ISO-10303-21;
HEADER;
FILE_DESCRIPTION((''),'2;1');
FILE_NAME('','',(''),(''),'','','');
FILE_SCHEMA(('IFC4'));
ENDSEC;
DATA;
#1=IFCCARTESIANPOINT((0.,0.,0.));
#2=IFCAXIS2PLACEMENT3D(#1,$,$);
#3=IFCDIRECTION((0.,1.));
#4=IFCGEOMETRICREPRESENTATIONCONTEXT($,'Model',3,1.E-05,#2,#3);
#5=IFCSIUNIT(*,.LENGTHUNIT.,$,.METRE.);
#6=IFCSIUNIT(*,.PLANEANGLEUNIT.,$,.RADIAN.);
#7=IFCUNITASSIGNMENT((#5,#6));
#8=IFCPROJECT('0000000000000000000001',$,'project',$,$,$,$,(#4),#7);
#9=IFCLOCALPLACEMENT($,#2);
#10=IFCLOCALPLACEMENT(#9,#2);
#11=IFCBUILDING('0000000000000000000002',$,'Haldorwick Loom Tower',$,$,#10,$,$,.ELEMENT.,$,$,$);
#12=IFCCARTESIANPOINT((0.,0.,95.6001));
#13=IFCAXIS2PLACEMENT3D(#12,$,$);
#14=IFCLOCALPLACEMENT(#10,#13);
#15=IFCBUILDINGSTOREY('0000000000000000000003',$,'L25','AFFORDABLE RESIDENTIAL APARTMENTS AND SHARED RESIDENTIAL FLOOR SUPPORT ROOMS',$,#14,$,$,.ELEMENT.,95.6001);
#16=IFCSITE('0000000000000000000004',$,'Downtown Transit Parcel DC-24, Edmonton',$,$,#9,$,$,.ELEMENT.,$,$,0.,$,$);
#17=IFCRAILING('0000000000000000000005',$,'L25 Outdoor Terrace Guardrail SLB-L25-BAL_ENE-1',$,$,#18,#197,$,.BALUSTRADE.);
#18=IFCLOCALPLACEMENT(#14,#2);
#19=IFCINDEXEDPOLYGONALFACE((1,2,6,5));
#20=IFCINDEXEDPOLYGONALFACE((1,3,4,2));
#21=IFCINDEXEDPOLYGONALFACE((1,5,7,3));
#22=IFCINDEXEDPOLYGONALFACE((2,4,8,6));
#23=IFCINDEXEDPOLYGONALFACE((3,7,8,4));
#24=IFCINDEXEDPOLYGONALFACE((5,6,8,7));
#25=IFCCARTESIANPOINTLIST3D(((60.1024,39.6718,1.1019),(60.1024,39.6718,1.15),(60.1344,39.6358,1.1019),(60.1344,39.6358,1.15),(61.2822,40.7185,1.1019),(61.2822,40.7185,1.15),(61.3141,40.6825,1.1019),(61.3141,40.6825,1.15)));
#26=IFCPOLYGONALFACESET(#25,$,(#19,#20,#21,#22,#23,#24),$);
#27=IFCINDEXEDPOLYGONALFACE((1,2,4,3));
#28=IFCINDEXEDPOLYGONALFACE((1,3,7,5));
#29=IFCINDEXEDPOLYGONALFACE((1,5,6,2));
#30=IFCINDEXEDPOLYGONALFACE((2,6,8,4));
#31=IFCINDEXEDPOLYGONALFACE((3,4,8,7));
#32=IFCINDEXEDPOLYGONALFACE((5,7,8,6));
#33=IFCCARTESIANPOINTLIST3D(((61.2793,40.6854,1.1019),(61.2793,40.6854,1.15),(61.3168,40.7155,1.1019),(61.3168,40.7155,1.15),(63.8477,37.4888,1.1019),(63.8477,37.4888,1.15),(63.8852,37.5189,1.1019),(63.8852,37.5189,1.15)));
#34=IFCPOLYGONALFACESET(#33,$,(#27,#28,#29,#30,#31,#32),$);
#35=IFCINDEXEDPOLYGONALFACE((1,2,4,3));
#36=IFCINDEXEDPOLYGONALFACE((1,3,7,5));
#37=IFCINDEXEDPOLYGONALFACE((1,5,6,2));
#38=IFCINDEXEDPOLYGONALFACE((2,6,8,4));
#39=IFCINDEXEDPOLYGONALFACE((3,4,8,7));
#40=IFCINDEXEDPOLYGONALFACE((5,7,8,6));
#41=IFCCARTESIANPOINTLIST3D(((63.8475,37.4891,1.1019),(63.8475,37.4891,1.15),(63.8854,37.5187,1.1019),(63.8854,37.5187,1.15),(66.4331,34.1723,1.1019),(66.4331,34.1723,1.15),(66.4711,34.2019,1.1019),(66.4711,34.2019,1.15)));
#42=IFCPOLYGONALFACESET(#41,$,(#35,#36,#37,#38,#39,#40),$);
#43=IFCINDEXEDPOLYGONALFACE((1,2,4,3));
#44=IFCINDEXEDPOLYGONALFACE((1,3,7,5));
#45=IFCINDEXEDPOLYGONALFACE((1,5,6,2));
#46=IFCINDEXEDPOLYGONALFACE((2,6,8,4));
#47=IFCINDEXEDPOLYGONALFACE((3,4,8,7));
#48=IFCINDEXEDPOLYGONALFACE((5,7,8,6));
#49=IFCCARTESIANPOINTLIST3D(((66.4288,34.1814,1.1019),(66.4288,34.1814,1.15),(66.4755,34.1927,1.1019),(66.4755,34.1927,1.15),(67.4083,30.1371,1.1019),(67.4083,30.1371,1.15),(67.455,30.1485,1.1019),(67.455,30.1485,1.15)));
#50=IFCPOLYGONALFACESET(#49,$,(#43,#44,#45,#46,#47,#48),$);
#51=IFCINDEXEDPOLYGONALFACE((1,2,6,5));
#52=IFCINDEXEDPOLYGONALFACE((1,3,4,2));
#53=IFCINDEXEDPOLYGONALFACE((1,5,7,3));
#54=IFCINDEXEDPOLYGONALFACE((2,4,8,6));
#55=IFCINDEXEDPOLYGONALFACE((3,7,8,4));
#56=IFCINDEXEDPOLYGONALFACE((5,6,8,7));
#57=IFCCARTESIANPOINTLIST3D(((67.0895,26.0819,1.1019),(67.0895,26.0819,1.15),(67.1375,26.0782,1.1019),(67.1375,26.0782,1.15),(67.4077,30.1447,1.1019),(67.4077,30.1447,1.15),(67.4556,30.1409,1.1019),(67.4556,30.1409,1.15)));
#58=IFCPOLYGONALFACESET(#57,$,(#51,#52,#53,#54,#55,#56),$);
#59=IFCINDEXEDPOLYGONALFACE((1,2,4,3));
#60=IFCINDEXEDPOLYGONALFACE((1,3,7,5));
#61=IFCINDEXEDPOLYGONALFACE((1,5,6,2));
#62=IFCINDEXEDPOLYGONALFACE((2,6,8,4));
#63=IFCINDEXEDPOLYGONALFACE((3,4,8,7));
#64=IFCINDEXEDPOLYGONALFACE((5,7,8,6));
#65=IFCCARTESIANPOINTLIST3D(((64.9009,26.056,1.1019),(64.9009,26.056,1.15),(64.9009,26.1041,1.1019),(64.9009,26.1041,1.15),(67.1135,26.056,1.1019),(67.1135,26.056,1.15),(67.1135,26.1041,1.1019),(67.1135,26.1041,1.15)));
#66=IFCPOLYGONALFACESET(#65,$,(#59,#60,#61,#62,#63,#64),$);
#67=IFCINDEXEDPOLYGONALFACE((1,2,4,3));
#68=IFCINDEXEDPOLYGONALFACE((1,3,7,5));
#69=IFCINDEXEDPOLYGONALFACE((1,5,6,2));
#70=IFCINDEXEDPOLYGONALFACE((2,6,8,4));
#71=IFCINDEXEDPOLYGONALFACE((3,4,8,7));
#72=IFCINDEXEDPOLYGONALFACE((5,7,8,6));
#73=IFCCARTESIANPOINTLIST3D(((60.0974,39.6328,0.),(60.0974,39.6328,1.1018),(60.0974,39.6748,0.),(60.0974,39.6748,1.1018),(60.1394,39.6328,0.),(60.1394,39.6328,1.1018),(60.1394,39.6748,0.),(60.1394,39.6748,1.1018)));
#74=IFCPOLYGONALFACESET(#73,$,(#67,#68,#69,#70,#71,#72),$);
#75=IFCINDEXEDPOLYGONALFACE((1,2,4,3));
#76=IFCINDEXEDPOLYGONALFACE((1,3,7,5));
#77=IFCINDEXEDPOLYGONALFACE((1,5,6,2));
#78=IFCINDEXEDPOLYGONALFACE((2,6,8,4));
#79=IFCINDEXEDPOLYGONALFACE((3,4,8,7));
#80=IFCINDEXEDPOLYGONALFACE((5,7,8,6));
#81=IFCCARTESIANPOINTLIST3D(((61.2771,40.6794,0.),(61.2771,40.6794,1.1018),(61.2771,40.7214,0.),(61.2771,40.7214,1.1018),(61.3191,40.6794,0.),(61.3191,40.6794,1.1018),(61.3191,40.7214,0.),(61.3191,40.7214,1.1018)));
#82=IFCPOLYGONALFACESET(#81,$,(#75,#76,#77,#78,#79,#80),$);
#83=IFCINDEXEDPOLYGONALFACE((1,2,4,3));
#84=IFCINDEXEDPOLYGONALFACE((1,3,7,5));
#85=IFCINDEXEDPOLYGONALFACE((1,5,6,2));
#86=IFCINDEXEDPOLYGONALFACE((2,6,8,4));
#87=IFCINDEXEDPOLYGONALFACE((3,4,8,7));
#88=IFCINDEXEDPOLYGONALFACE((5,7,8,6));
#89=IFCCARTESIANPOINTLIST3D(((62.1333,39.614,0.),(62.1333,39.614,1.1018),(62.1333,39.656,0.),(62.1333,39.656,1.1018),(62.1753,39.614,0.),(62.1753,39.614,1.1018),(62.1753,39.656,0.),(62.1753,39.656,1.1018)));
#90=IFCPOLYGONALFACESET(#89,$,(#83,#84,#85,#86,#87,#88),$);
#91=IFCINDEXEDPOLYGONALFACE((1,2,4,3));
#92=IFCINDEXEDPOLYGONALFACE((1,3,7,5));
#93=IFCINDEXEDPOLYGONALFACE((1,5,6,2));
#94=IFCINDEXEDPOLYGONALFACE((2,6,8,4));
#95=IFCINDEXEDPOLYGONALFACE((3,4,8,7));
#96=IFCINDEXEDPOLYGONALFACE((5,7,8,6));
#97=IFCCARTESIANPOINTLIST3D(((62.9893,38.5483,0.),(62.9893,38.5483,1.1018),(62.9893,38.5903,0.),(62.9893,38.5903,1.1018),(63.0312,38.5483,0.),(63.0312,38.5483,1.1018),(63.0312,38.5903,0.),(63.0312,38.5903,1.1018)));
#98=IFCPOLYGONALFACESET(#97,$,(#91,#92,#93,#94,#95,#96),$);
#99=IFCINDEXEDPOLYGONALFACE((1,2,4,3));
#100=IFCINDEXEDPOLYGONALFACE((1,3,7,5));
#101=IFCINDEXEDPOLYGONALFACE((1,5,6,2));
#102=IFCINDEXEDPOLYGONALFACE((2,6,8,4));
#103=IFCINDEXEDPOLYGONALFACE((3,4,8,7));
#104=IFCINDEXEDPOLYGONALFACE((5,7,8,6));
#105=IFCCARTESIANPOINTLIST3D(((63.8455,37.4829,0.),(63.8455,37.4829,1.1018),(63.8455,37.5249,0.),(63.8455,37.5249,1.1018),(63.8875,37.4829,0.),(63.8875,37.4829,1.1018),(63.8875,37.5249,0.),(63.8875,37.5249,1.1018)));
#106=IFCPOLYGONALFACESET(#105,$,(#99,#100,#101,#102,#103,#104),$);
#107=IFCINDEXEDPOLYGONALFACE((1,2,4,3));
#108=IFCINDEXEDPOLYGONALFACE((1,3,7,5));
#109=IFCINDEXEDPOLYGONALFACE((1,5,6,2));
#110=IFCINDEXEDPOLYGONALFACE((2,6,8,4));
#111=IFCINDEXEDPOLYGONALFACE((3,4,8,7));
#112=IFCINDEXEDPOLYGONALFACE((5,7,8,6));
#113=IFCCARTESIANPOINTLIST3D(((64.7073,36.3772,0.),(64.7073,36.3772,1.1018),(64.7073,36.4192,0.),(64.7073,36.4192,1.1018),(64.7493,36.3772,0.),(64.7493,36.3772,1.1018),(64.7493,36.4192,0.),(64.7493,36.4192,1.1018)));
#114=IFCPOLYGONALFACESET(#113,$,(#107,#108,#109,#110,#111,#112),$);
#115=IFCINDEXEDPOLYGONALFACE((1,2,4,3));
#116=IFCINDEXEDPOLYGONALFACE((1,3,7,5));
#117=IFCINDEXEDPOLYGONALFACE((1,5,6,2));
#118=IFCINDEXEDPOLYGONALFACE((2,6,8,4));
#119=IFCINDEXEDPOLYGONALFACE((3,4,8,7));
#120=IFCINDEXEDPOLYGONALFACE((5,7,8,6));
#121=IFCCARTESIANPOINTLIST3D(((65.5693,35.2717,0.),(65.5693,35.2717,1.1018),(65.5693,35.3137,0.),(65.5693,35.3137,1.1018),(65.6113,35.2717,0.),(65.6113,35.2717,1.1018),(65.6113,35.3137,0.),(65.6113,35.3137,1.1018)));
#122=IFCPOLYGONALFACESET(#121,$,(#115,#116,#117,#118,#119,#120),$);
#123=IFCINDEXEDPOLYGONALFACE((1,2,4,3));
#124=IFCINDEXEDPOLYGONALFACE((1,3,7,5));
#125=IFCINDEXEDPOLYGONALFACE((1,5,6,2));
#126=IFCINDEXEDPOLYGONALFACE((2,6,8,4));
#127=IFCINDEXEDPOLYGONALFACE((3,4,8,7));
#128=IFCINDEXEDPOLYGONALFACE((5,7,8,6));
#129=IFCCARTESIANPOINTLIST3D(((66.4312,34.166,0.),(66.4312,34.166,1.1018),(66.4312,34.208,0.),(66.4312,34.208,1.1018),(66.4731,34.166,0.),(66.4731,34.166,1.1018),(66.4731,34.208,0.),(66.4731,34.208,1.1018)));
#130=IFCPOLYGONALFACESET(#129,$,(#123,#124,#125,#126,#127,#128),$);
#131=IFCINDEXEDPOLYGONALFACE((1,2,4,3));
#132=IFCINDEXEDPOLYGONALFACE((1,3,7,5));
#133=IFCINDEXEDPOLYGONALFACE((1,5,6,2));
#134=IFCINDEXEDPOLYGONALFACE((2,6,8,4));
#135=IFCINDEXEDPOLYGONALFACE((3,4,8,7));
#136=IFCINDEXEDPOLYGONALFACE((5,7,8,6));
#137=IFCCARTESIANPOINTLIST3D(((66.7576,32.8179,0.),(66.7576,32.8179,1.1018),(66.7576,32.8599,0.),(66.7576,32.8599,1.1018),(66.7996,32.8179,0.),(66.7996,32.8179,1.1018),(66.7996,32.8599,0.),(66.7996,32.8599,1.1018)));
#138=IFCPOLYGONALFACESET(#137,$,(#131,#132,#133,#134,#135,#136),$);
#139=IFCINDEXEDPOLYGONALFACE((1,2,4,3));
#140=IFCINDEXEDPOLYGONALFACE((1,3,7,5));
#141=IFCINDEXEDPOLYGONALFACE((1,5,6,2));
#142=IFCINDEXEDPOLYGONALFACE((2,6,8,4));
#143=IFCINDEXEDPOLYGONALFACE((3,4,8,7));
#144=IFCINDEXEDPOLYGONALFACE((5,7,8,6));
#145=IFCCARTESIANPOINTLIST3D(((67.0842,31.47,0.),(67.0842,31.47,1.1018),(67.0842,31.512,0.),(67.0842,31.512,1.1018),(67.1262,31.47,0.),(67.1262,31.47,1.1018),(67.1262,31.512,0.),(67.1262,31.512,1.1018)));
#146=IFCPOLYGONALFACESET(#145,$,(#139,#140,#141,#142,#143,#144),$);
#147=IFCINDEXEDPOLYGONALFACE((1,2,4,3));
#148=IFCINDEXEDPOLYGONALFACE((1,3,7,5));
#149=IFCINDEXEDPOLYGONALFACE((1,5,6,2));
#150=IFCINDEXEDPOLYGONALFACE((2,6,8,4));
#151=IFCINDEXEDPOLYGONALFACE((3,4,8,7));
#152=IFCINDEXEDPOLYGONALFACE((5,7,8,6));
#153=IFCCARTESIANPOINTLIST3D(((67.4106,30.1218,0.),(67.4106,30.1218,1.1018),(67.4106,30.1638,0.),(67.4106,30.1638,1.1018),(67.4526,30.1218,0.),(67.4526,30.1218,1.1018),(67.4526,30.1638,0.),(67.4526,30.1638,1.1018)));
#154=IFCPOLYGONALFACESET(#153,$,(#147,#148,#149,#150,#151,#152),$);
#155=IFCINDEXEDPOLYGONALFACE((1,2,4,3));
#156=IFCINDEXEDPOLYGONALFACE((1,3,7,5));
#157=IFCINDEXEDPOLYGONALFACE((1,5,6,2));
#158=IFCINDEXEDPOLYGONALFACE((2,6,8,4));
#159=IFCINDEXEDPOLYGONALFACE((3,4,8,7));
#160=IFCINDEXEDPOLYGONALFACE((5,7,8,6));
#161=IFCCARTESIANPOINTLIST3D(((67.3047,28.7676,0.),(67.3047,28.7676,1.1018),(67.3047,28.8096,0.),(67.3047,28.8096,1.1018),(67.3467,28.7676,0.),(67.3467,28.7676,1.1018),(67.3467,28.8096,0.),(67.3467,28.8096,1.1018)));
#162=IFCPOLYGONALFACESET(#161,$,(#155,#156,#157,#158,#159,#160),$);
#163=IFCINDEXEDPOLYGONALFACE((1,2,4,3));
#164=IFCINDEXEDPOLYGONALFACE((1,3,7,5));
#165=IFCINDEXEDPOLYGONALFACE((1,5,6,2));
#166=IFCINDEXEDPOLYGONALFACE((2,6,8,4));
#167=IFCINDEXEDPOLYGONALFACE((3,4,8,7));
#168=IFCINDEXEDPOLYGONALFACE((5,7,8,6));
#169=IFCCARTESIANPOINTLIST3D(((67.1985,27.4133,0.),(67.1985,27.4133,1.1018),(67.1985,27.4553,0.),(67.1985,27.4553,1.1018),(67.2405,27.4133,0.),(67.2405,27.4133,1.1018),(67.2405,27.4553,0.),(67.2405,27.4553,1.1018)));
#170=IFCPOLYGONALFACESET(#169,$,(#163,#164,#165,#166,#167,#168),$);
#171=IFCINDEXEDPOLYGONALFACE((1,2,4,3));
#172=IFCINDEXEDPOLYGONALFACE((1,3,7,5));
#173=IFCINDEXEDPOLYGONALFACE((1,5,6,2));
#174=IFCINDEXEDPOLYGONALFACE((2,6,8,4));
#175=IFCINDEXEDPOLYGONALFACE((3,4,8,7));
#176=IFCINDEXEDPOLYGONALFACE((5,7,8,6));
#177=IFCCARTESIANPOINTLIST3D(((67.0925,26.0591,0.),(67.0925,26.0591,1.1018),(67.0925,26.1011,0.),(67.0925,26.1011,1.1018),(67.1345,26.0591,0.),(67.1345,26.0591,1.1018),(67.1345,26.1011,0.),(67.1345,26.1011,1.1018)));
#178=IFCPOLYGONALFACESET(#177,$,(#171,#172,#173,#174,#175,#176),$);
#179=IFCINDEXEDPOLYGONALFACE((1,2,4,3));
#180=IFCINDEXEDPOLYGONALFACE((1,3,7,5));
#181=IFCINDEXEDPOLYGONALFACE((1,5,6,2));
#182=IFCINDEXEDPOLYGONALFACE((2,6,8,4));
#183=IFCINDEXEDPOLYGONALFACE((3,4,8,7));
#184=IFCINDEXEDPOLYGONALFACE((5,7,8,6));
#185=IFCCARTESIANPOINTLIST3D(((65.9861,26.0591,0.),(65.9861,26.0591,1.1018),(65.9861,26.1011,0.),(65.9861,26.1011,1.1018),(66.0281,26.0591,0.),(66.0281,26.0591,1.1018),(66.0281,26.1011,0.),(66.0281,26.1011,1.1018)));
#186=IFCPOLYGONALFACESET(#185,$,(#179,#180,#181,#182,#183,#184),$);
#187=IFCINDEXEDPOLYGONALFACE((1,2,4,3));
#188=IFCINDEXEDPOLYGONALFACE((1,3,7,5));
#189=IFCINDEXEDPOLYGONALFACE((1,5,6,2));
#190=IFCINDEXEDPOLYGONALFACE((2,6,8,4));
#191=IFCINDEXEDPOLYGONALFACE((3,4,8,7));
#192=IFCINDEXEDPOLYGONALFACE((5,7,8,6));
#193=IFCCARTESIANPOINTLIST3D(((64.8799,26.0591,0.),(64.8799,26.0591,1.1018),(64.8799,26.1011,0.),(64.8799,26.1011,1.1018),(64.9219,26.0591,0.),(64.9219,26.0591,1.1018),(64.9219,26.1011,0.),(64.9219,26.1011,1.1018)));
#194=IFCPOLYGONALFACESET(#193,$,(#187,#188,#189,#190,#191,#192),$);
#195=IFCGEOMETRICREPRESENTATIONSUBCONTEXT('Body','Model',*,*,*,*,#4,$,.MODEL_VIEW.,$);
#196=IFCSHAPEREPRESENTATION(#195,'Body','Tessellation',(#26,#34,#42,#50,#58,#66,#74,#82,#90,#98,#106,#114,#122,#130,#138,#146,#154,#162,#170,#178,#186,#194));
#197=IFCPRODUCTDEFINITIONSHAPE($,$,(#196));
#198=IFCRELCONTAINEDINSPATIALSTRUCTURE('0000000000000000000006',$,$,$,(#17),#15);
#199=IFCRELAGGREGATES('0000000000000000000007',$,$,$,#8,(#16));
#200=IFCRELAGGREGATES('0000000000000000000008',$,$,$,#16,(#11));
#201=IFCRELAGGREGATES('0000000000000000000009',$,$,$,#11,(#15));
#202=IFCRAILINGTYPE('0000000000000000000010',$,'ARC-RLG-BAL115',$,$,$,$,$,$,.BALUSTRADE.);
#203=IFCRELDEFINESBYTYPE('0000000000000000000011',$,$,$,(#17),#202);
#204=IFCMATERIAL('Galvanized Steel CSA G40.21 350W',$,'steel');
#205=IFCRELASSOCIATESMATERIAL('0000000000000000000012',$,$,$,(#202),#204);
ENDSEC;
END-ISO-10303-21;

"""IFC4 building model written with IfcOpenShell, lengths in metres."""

from ifc_helpers import new_model, si_unit, direction, frame, origin, origin_2d, place, context, subcontext, project, spatial, rectangle, extrude, material, type_object, element, save


model = new_model("IFC4")

# Units and contexts
model_context = context("Model", 3, precision=1e-05, world=origin(), true_north=direction((0.0, 1.0)))
body_context = subcontext(model_context, "Body", "Model", "MODEL_VIEW")
ifc_project = project(units=[si_unit("LENGTHUNIT", "METRE"), si_unit("PLANEANGLEUNIT", "RADIAN")], contexts=[model_context])

# Site, building, storey
site_placement = place(None, origin())
site = spatial("IfcSite", under=ifc_project, at=site_placement, Name="Downtown Transit Parcel DC-24, Edmonton", CompositionType="ELEMENT", RefElevation=0.0)
building_placement = place(site_placement, origin())
building = spatial("IfcBuilding", under=site, at=building_placement, Name="Haldorwick Loom Tower", CompositionType="ELEMENT")
storey_placement = place(building_placement, frame((0.0, 0.0, 95.6001)))
storey = spatial("IfcBuildingStorey", under=building, at=storey_placement, Name="L25", Description="AFFORDABLE RESIDENTIAL APARTMENTS AND SHARED RESIDENTIAL FLOOR SUPPORT ROOMS", CompositionType="ELEMENT", Elevation=95.6001)

# Railing
ifc_material_1 = material(Name="Galvanized Steel CSA G40.21 350W", Category="steel")
railing_type = type_object("IfcRailingType", Name="ARC-RLG-BAL115", PredefinedType="BALUSTRADE", material=ifc_material_1)
railing_placement = place(storey_placement, frame((60.1184, 39.6538, 0.0)))
element("IfcRailing", 1, at=railing_placement, inside=storey, type_object=railing_type, Name="L25 Outdoor Terrace Guardrail SLB-L25-BAL_ENE-1", PredefinedType="BALUSTRADE", context=body_context, shape_type="SweptSolid", body=[
    extrude(rectangle(XDim=0.0481, YDim=0.0481, at=origin_2d()), frame((0.0, 0.0, 1.126), z_axis=(0.748032, 0.663662, 0.0), x_axis=(-0.663662, 0.748032, 0.0)), (0.0, 0.0, 1.0), 1.5771),
    extrude(rectangle(XDim=0.0481, YDim=0.0481, at=origin_2d()), frame((1.1797, 1.0466, 1.126), z_axis=(0.626349, -0.779543, 0.0), x_axis=(0.779543, 0.626349, 0.0)), (0.0, 0.0, 1.0), 4.1006),
    extrude(rectangle(XDim=0.0481, YDim=0.0481, at=origin_2d()), frame((3.748, -2.1499, 1.126), z_axis=(0.614812, -0.788673, 0.0), x_axis=(0.788673, 0.614812, 0.0)), (0.0, 0.0, 1.0), 4.2056),
    extrude(rectangle(XDim=0.0481, YDim=0.0481, at=origin_2d()), frame((6.3337, -5.4668, 1.126), z_axis=(0.235392, -0.971901, 0.0), x_axis=(0.971901, 0.235392, 0.0)), (0.0, 0.0, 1.0), 4.1611),
    extrude(rectangle(XDim=0.0481, YDim=0.0481, at=origin_2d()), frame((7.3132, -9.511, 1.126), z_axis=(-0.078062, -0.996949, 0.0), x_axis=(0.996949, -0.078062, 0.0)), (0.0, 0.0, 1.0), 4.0752),
    extrude(rectangle(XDim=0.0481, YDim=0.0481, at=origin_2d()), frame((6.9951, -13.5737, 1.126), z_axis=(-1.0, 0.0, 0.0), x_axis=(0.0, -1.0, 0.0)), (0.0, 0.0, 1.0), 2.2126),
    extrude(rectangle(XDim=0.042, YDim=0.042, at=origin_2d()), origin(), (0.0, 0.0, 1.0), 1.1018),
    extrude(rectangle(XDim=0.042, YDim=0.042, at=origin_2d()), frame((1.1797, 1.0466, 0.0)), (0.0, 0.0, 1.0), 1.1018),
    extrude(rectangle(XDim=0.042, YDim=0.042, at=origin_2d()), frame((2.0359, -0.0188, 0.0)), (0.0, 0.0, 1.0), 1.1018),
    extrude(rectangle(XDim=0.042, YDim=0.042, at=origin_2d()), frame((2.8918, -1.0845, 0.0)), (0.0, 0.0, 1.0), 1.1018),
    extrude(rectangle(XDim=0.042, YDim=0.042, at=origin_2d()), frame((3.748, -2.1499, 0.0)), (0.0, 0.0, 1.0), 1.1018),
    extrude(rectangle(XDim=0.042, YDim=0.042, at=origin_2d()), frame((4.6099, -3.2556, 0.0)), (0.0, 0.0, 1.0), 1.1018),
    extrude(rectangle(XDim=0.042, YDim=0.042, at=origin_2d()), frame((5.4719, -4.3611, 0.0)), (0.0, 0.0, 1.0), 1.1018),
    extrude(rectangle(XDim=0.042, YDim=0.042, at=origin_2d()), frame((6.3337, -5.4668, 0.0)), (0.0, 0.0, 1.0), 1.1018),
    extrude(rectangle(XDim=0.042, YDim=0.042, at=origin_2d()), frame((6.6602, -6.8149, 0.0)), (0.0, 0.0, 1.0), 1.1018),
    extrude(rectangle(XDim=0.042, YDim=0.042, at=origin_2d()), frame((6.9868, -8.1628, 0.0)), (0.0, 0.0, 1.0), 1.1018),
    extrude(rectangle(XDim=0.042, YDim=0.042, at=origin_2d()), frame((7.3132, -9.511, 0.0)), (0.0, 0.0, 1.0), 1.1018),
    extrude(rectangle(XDim=0.042, YDim=0.042, at=origin_2d()), frame((7.2073, -10.8652, 0.0)), (0.0, 0.0, 1.0), 1.1018),
    extrude(rectangle(XDim=0.042, YDim=0.042, at=origin_2d()), frame((7.1011, -12.2195, 0.0)), (0.0, 0.0, 1.0), 1.1018),
    extrude(rectangle(XDim=0.042, YDim=0.042, at=origin_2d()), frame((6.9951, -13.5737, 0.0)), (0.0, 0.0, 1.0), 1.1018),
    extrude(rectangle(XDim=0.042, YDim=0.042, at=origin_2d()), frame((5.8887, -13.5737, 0.0)), (0.0, 0.0, 1.0), 1.1018),
    extrude(rectangle(XDim=0.042, YDim=0.042, at=origin_2d()), frame((4.7825, -13.5737, 0.0)), (0.0, 0.0, 1.0), 1.1018),
])

save(model, "model.ifc")
